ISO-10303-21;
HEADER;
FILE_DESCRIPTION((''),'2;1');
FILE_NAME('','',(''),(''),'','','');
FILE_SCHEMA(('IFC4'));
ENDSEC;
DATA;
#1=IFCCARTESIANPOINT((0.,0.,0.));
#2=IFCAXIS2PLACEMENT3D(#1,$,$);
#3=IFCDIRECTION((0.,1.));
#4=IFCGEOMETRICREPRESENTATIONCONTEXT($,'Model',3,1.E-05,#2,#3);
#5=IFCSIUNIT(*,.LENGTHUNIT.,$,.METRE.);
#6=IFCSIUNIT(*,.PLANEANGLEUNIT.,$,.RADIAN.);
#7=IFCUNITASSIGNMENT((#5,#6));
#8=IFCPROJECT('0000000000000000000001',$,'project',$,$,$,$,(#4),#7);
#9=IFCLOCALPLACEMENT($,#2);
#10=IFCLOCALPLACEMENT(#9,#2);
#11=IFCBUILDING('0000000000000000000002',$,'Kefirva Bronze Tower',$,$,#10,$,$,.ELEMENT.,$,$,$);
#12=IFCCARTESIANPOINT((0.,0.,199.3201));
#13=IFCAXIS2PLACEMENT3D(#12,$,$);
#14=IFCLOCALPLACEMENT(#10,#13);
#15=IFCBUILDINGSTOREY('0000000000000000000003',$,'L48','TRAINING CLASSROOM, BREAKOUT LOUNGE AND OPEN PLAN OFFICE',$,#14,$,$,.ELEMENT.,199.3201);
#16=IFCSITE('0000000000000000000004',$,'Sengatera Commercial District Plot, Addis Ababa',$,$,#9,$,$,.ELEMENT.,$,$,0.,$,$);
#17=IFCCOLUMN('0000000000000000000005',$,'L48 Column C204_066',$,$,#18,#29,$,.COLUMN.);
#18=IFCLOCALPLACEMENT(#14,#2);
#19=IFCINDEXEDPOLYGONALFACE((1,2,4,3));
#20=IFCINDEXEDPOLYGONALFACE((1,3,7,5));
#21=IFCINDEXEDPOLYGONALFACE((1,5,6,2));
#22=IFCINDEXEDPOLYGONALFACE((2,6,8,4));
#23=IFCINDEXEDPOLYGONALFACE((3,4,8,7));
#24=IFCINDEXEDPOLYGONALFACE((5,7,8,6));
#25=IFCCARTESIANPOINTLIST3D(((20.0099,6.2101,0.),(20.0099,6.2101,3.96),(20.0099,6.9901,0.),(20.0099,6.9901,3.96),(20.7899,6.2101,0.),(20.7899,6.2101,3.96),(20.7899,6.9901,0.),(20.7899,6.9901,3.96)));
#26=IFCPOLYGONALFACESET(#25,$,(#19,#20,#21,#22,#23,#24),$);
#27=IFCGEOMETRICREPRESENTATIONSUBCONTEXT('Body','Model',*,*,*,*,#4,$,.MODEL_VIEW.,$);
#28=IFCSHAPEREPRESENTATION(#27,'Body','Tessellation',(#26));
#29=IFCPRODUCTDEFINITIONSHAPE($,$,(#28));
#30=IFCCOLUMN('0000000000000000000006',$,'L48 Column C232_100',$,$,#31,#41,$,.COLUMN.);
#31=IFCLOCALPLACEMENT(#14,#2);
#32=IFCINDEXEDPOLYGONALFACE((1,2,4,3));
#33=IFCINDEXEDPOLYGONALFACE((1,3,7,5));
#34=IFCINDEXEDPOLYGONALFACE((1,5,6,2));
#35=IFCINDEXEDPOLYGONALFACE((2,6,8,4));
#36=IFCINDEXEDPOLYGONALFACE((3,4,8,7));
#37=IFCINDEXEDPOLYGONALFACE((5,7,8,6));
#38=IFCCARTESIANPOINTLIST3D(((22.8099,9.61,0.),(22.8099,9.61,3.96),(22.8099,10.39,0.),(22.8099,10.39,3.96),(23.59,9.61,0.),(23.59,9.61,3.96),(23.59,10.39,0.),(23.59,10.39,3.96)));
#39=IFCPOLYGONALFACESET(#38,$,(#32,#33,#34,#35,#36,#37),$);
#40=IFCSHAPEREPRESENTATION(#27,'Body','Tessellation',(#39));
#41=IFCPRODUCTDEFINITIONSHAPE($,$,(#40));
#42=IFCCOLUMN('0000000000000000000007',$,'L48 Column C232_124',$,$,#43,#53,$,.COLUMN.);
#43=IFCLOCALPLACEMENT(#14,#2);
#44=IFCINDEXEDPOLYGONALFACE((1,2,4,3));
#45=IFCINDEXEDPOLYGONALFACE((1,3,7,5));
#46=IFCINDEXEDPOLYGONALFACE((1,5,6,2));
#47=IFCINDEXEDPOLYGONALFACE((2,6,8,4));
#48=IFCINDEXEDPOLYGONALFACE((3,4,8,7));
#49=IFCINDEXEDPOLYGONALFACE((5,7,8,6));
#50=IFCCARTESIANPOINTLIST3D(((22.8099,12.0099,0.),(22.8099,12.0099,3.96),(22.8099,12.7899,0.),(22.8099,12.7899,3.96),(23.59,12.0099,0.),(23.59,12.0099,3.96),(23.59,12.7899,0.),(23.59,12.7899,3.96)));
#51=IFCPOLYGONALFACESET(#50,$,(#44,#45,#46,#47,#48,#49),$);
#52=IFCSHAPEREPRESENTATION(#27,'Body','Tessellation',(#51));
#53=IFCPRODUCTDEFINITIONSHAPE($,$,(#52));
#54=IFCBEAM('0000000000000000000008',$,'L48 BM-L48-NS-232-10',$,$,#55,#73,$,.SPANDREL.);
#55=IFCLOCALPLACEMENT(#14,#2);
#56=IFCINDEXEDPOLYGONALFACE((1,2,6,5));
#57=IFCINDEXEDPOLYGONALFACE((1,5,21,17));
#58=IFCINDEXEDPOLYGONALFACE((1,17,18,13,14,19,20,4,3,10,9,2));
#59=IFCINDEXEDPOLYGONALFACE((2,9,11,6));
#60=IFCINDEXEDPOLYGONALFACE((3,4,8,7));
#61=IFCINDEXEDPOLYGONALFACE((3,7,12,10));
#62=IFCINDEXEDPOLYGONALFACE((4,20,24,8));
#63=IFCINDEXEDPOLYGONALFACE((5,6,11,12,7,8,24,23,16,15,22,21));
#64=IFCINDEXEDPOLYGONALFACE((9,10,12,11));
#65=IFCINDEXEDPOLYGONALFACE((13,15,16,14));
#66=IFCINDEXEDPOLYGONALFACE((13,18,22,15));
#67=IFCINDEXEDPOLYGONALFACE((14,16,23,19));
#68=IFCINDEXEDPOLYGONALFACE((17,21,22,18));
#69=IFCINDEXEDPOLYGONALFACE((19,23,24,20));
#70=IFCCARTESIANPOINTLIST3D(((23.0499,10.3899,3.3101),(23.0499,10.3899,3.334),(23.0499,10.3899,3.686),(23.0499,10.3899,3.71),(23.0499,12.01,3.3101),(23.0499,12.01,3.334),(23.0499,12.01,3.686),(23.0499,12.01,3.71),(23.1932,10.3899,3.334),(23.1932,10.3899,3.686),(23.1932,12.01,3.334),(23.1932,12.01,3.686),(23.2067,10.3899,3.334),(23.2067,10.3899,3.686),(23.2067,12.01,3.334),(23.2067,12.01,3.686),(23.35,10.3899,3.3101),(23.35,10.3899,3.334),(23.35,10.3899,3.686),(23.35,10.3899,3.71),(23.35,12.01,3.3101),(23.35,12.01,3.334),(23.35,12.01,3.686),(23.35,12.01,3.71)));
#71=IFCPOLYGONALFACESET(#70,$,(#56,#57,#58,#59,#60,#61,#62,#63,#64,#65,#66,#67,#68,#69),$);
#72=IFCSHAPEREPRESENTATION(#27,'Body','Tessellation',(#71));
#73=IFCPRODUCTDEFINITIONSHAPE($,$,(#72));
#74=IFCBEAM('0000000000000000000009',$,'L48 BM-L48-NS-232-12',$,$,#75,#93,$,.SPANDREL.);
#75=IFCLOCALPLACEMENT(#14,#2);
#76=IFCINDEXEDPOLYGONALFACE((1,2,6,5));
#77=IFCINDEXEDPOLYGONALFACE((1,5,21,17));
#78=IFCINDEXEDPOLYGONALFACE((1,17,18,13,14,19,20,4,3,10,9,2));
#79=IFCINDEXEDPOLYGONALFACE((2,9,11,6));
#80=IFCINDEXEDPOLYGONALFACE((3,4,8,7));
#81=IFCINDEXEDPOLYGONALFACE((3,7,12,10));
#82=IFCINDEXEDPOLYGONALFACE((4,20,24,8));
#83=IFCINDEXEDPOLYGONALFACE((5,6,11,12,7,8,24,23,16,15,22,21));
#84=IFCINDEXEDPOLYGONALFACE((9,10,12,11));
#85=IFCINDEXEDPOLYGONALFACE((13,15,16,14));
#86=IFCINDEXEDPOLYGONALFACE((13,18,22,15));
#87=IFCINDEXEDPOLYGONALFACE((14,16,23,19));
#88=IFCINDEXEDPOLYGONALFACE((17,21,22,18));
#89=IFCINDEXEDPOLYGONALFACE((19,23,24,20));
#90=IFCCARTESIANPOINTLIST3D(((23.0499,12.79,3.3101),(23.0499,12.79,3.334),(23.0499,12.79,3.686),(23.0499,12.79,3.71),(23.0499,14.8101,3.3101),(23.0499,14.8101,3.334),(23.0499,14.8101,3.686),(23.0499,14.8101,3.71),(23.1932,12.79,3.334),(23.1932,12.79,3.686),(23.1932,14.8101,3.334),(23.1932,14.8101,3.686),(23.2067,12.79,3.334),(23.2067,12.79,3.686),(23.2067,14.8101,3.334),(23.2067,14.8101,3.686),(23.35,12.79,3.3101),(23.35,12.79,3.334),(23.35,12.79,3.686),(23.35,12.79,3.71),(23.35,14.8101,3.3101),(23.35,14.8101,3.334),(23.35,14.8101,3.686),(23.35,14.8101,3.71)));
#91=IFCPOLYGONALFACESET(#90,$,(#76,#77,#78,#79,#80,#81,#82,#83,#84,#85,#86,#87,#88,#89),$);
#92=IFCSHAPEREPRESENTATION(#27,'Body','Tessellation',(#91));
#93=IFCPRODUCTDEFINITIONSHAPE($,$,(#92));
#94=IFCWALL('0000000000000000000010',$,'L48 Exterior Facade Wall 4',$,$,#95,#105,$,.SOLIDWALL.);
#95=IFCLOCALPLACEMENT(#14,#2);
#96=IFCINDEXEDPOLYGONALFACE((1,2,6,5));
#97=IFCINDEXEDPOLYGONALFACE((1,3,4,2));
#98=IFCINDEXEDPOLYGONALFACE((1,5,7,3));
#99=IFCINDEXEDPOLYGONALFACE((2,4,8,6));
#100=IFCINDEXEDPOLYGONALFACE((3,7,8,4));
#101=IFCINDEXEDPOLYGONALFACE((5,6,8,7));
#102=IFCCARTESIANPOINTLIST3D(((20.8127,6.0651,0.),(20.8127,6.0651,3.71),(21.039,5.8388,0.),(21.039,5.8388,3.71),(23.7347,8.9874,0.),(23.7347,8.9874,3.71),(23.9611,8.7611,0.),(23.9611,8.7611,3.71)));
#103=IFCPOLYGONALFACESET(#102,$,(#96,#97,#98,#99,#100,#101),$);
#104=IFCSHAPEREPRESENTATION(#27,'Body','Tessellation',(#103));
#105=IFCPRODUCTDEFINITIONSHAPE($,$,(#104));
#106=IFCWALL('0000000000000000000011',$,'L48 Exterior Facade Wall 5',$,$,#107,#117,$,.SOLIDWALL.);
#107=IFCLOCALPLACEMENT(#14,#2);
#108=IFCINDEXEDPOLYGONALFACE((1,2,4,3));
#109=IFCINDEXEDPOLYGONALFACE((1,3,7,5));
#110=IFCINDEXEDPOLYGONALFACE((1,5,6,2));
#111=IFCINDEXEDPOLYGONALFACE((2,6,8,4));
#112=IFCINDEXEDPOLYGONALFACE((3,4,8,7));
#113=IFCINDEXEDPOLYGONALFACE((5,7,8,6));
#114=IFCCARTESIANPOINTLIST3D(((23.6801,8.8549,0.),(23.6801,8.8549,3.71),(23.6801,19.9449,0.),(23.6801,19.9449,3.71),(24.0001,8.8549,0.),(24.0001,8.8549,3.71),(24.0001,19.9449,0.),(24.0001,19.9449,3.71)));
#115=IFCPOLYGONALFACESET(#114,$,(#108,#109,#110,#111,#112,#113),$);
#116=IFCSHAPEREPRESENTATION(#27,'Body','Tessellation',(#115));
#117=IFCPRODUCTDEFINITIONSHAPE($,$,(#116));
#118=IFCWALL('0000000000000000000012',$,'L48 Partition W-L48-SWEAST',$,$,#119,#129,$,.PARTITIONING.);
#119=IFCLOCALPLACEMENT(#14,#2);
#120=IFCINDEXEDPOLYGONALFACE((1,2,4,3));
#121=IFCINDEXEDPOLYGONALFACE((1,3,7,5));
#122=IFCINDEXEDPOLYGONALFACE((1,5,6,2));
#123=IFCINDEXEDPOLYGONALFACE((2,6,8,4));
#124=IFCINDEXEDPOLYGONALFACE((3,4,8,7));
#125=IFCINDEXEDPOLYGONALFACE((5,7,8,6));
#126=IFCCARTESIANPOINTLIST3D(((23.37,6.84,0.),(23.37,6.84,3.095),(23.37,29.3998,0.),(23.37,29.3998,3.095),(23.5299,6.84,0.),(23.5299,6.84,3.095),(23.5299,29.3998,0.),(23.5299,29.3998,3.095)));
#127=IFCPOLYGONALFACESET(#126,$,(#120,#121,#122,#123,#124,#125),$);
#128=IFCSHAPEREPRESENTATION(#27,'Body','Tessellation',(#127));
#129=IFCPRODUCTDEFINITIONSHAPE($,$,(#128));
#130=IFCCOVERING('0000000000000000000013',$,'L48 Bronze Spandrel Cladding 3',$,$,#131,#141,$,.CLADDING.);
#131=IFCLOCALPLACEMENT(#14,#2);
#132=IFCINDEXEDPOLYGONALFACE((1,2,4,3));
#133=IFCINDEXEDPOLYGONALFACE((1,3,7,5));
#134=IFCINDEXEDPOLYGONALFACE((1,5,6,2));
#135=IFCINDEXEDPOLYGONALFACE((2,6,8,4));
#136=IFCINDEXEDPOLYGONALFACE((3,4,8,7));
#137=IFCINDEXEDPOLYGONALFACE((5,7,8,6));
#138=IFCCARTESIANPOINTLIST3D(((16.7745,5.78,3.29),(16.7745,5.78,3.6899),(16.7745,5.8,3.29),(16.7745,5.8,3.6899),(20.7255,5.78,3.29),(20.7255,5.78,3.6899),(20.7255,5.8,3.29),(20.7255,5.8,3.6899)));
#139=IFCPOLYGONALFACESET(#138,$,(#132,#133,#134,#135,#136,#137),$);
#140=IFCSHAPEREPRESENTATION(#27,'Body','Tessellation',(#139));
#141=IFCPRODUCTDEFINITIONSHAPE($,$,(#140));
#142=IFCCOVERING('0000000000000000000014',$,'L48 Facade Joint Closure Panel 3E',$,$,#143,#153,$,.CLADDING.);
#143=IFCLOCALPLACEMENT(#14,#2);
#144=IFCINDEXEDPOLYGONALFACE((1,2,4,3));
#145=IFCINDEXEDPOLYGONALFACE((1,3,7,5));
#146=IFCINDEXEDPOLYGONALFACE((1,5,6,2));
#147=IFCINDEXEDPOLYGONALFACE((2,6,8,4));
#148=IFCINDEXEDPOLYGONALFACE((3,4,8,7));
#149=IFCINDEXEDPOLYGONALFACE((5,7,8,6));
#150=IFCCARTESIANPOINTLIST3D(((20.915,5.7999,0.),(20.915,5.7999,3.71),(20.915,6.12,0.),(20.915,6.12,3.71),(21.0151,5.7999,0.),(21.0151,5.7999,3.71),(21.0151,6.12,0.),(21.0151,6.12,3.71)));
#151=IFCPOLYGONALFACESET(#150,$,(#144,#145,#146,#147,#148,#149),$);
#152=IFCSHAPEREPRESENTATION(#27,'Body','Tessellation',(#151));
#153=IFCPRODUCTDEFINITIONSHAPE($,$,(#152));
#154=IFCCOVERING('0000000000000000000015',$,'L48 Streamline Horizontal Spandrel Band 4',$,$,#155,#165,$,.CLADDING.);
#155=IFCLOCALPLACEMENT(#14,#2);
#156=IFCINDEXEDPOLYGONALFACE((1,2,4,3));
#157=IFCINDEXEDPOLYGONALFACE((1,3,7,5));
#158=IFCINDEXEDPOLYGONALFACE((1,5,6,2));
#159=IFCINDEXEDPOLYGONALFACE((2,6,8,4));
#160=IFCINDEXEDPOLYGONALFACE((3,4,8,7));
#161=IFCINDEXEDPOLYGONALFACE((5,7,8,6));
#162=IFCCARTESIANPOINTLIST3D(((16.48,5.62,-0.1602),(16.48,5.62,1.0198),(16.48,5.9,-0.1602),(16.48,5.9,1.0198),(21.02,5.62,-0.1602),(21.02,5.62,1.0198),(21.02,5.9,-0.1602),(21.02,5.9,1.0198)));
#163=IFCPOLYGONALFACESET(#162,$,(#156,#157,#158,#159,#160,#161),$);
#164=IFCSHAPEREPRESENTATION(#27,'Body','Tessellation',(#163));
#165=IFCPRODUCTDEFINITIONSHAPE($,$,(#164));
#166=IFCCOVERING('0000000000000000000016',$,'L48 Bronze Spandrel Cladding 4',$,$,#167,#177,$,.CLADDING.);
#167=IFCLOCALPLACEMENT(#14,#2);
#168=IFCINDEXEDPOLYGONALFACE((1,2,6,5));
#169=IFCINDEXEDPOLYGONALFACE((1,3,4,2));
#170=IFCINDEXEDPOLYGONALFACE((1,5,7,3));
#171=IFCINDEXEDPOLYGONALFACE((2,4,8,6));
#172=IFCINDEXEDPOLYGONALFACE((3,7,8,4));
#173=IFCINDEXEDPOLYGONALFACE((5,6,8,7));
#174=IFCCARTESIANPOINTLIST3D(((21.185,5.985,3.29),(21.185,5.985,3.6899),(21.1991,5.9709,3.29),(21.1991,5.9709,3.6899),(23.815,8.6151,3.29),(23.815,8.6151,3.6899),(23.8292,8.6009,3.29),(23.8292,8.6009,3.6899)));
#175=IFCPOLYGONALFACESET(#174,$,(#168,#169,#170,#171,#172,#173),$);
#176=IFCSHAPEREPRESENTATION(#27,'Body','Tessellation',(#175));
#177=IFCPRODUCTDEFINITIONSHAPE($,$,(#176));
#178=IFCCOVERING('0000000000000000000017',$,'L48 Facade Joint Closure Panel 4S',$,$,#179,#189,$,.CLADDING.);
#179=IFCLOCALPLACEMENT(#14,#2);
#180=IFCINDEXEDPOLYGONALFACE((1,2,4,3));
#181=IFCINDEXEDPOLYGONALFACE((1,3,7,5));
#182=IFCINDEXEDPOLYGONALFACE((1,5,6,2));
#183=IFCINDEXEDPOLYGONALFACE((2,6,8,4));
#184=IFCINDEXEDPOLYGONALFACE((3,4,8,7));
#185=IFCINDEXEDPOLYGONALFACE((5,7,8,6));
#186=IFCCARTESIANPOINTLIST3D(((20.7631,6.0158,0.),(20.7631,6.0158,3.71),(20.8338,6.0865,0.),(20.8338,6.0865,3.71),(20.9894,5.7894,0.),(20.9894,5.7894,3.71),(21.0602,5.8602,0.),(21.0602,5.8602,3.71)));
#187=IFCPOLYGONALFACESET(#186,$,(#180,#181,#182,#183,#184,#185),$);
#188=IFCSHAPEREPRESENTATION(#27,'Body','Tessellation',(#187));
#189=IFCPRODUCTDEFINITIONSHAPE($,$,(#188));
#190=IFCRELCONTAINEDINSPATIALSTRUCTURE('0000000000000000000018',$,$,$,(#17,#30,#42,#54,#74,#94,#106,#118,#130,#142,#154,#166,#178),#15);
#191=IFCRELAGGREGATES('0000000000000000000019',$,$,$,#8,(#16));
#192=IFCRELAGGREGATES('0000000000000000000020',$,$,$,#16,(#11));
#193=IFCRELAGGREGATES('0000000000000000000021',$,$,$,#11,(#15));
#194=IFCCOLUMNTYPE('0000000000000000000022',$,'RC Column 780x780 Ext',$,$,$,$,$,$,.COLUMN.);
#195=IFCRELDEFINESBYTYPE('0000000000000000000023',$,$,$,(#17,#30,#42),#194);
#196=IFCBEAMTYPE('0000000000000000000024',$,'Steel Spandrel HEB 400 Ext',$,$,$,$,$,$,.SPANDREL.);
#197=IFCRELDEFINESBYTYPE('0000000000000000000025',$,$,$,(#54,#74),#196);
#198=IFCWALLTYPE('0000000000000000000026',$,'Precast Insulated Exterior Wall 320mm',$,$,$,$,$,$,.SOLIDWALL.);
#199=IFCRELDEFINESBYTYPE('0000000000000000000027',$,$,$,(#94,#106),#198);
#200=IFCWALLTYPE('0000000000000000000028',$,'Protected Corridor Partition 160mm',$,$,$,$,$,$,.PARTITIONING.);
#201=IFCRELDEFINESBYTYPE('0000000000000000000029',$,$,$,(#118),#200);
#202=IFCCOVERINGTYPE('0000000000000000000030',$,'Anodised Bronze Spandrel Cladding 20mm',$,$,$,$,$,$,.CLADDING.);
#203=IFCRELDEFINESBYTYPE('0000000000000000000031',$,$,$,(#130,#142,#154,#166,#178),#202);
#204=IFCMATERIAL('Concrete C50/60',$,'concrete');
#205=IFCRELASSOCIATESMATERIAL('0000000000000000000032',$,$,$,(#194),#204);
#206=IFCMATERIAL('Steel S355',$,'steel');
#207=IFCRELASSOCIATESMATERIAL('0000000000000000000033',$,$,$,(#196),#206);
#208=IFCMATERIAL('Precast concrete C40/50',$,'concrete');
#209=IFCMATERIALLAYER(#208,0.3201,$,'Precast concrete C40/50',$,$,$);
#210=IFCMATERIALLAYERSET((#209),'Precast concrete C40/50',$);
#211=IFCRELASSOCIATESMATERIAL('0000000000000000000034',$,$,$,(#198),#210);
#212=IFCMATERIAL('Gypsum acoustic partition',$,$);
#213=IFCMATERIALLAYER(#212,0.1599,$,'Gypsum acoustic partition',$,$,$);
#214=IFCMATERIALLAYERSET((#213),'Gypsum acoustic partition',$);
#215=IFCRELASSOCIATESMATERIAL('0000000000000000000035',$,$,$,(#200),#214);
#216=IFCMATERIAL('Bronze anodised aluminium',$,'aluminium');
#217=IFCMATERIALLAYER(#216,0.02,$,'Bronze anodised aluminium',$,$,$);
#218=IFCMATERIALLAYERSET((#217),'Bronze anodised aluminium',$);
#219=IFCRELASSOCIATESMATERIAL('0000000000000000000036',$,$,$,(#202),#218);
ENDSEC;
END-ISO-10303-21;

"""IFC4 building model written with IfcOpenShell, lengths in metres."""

from ifc_helpers import new_model, si_unit, direction, frame, frame_2d, origin, origin_2d, place, context, subcontext, project, spatial, rectangle, i_section, extrude, material, layer, layer_set, material_profile, profile_set, type_object, element, save


model = new_model("IFC4")

# Units and contexts
model_context = context("Model", 3, precision=1e-05, world=origin(), true_north=direction((0.0, 1.0)))
body_context = subcontext(model_context, "Body", "Model", "MODEL_VIEW")
ifc_project = project(units=[si_unit("LENGTHUNIT", "METRE"), si_unit("PLANEANGLEUNIT", "RADIAN")], contexts=[model_context])

# Site, building, storey
site_placement = place(None, origin())
site = spatial("IfcSite", under=ifc_project, at=site_placement, Name="Sengatera Commercial District Plot, Addis Ababa", CompositionType="ELEMENT", RefElevation=0.0)
building_placement = place(site_placement, origin())
building = spatial("IfcBuilding", under=site, at=building_placement, Name="Kefirva Bronze Tower", CompositionType="ELEMENT")
storey_placement = place(building_placement, frame((0.0, 0.0, 199.3201)))
storey = spatial("IfcBuildingStorey", under=building, at=storey_placement, Name="L48", Description="TRAINING CLASSROOM, BREAKOUT LOUNGE AND OPEN PLAN OFFICE", CompositionType="ELEMENT", Elevation=199.3201)

# Columns
ifc_material_1 = material(Name="Concrete C50/60", Category="concrete")
ifc_material_profile_1 = material_profile(ifc_material_1, rectangle(XDim=0.78, YDim=0.78, at=origin_2d()), Name="RC 780x780")
ifc_profile_set_1 = profile_set([ifc_material_profile_1], Name="Concrete C50/60")
column_type = type_object("IfcColumnType", Name="RC Column 780x780 Ext", PredefinedType="COLUMN", material=ifc_profile_set_1)
for number, where, z_axis, x_axis, name in (
    (1, (20.3999, 6.6001, 0.0), (0.0, 0.0, 1.0), (1.0, 0.0, 0.0), "L48 Column C204_066"),
    (2, (23.2, 10.0, 0.0), (0.0, 0.0, 1.0), (1.0, 0.0, 0.0), "L48 Column C232_100"),
    (3, (23.2, 12.3999, 0.0), (0.0, 0.0, 1.0), (1.0, 0.0, 0.0), "L48 Column C232_124"),
):
    element("IfcColumn", number, at=place(storey_placement, frame(where, z_axis=z_axis, x_axis=x_axis)), inside=storey, type_object=column_type, Name=name, PredefinedType="COLUMN", context=body_context, shape_type="SweptSolid", body=[
        extrude(rectangle(XDim=0.78, YDim=0.78, at=origin_2d()), origin(), (0.0, 0.0, 1.0), 3.96),
    ])

# Beams
ifc_material_2 = material(Name="Steel S355", Category="steel")
ifc_material_profile_2 = material_profile(ifc_material_2, i_section(OverallWidth=0.3, OverallDepth=0.3999, WebThickness=0.0134, FlangeThickness=0.0239, at=origin_2d()), Name="HEB 400")
ifc_profile_set_2 = profile_set([ifc_material_profile_2], Name="Steel S355")
beam_type = type_object("IfcBeamType", Name="Steel Spandrel HEB 400 Ext", PredefinedType="SPANDREL", material=ifc_profile_set_2)
beam_1_placement = place(storey_placement, frame((23.2, 10.3899, 3.51), z_axis=(0.0, 1.0, 0.0), x_axis=(-1.0, 0.0, 0.0)))
element("IfcBeam", 4, at=beam_1_placement, inside=storey, type_object=beam_type, Name="L48 BM-L48-NS-232-10", PredefinedType="SPANDREL", context=body_context, shape_type="SweptSolid", body=[
    extrude(i_section(OverallWidth=0.3, OverallDepth=0.3999, WebThickness=0.0134, FlangeThickness=0.0239, at=origin_2d()), origin(), (0.0, 0.0, 1.0), 1.6201),
])
beam_2_placement = place(storey_placement, frame((23.2, 12.79, 3.51), z_axis=(0.0, 1.0, 0.0), x_axis=(-1.0, 0.0, 0.0)))
element("IfcBeam", 5, at=beam_2_placement, inside=storey, type_object=beam_type, Name="L48 BM-L48-NS-232-12", PredefinedType="SPANDREL", context=body_context, shape_type="SweptSolid", body=[
    extrude(i_section(OverallWidth=0.3, OverallDepth=0.3999, WebThickness=0.0134, FlangeThickness=0.0239, at=origin_2d()), origin(), (0.0, 0.0, 1.0), 2.02),
])

# Walls
ifc_material_3 = material(Name="Precast concrete C40/50", Category="concrete")
ifc_layer_1 = layer(ifc_material_3, 0.3201, Name="Precast concrete C40/50")
ifc_layer_set_1 = layer_set([ifc_layer_1], Name="Precast concrete C40/50")
wall_type_1 = type_object("IfcWallType", Name="Precast Insulated Exterior Wall 320mm", PredefinedType="SOLIDWALL", material=ifc_layer_set_1)
wall_1_placement = place(storey_placement, frame((20.9258, 5.9519, 0.0), z_axis=(0.0, 0.0, 1.0), x_axis=(0.707077, 0.707136, 0.0)))
element("IfcWall", 6, at=wall_1_placement, inside=storey, type_object=wall_type_1, Name="L48 Exterior Facade Wall 4", PredefinedType="SOLIDWALL", context=body_context, shape_type="SweptSolid", body=[
    extrude(rectangle(XDim=4.1326, YDim=0.3201, at=frame_2d((2.0664, 0.0))), origin(), (0.0, 0.0, 1.0), 3.71),
])
wall_2_placement = place(storey_placement, frame((23.8401, 8.855, 0.0), z_axis=(0.0, 0.0, 1.0), x_axis=(0.0, 1.0, 0.0)))
element("IfcWall", 7, at=wall_2_placement, inside=storey, type_object=wall_type_1, Name="L48 Exterior Facade Wall 5", PredefinedType="SOLIDWALL", context=body_context, shape_type="SweptSolid", body=[
    extrude(rectangle(XDim=11.0901, YDim=0.3201, at=frame_2d((5.5449, 0.0))), origin(), (0.0, 0.0, 1.0), 3.71),
])
ifc_material_4 = material(Name="Gypsum acoustic partition")
ifc_layer_2 = layer(ifc_material_4, 0.1599, Name="Gypsum acoustic partition")
ifc_layer_set_2 = layer_set([ifc_layer_2], Name="Gypsum acoustic partition")
wall_type_2 = type_object("IfcWallType", Name="Protected Corridor Partition 160mm", PredefinedType="PARTITIONING", material=ifc_layer_set_2)
wall_3_placement = place(storey_placement, frame((23.45, 6.8401, 0.0), z_axis=(0.0, 0.0, 1.0), x_axis=(0.0, 1.0, 0.0)))
element("IfcWall", 8, at=wall_3_placement, inside=storey, type_object=wall_type_2, Name="L48 Partition W-L48-SWEAST", PredefinedType="PARTITIONING", context=body_context, shape_type="SweptSolid", body=[
    extrude(rectangle(XDim=22.5598, YDim=0.1599, at=frame_2d((11.2798, 0.0))), origin(), (0.0, 0.0, 1.0), 3.095),
])

# Coverings
ifc_material_5 = material(Name="Bronze anodised aluminium", Category="aluminium")
ifc_layer_3 = layer(ifc_material_5, 0.02, Name="Bronze anodised aluminium")
ifc_layer_set_3 = layer_set([ifc_layer_3], Name="Bronze anodised aluminium")
covering_type_1 = type_object("IfcCoveringType", Name="Anodised Bronze Spandrel Cladding 20mm", PredefinedType="CLADDING", material=ifc_layer_set_3)
covering_1_placement = place(storey_placement, frame((18.75, 5.79, 3.29), z_axis=(0.0, 0.0, 1.0), x_axis=(1.0, 0.0, 0.0)))
element("IfcCovering", 9, at=covering_1_placement, inside=storey, type_object=covering_type_1, Name="L48 Bronze Spandrel Cladding 3", PredefinedType="CLADDING", context=body_context, shape_type="SweptSolid", body=[
    extrude(rectangle(XDim=3.9509, YDim=0.02, at=origin_2d()), origin(), (0.0, 0.0, 1.0), 0.3999),
])
covering_2_placement = place(storey_placement, frame((20.9651, 5.96, 0.0), z_axis=(0.0, 0.0, 1.0), x_axis=(1.0, 0.0, 0.0)))
element("IfcCovering", 10, at=covering_2_placement, inside=storey, type_object=covering_type_1, Name="L48 Facade Joint Closure Panel 3E", PredefinedType="CLADDING", context=body_context, shape_type="SweptSolid", body=[
    extrude(rectangle(XDim=0.1001, YDim=0.3201, at=origin_2d()), origin(), (0.0, 0.0, 1.0), 3.71),
])
covering_3_placement = place(storey_placement, frame((18.75, 5.76, -0.1602), z_axis=(0.0, 0.0, 1.0), x_axis=(1.0, 0.0, 0.0)))
element("IfcCovering", 11, at=covering_3_placement, inside=storey, type_object=covering_type_1, Name="L48 Streamline Horizontal Spandrel Band 4", PredefinedType="CLADDING", context=body_context, shape_type="SweptSolid", body=[
    extrude(rectangle(XDim=4.54, YDim=0.28, at=origin_2d()), origin(), (0.0, 0.0, 1.0), 1.1799),
])
covering_4_placement = place(storey_placement, frame((22.5071, 7.293, 3.29), z_axis=(0.0, 0.0, 1.0), x_axis=(0.707107, 0.707107, 0.0)))
element("IfcCovering", 12, at=covering_4_placement, inside=storey, type_object=covering_type_1, Name="L48 Bronze Spandrel Cladding 4", PredefinedType="CLADDING", context=body_context, shape_type="SweptSolid", body=[
    extrude(rectangle(XDim=3.7195, YDim=0.02, at=origin_2d()), origin(), (0.0, 0.0, 1.0), 0.3999),
])
for number, where, z_axis, x_axis, name in (
    (13, (20.9116, 5.938, 0.0), (0.0, 0.0, 1.0), (0.707107, 0.707107, 0.0), "L48 Facade Joint Closure Panel 4S"),
):
    element("IfcCovering", number, at=place(storey_placement, frame(where, z_axis=z_axis, x_axis=x_axis)), inside=storey, type_object=covering_type_1, Name=name, PredefinedType="CLADDING", context=body_context, shape_type="SweptSolid", body=[
        extrude(rectangle(XDim=0.1001, YDim=0.3201, at=origin_2d()), origin(), (0.0, 0.0, 1.0), 3.71),
    ])

save(model, "model.ifc")
